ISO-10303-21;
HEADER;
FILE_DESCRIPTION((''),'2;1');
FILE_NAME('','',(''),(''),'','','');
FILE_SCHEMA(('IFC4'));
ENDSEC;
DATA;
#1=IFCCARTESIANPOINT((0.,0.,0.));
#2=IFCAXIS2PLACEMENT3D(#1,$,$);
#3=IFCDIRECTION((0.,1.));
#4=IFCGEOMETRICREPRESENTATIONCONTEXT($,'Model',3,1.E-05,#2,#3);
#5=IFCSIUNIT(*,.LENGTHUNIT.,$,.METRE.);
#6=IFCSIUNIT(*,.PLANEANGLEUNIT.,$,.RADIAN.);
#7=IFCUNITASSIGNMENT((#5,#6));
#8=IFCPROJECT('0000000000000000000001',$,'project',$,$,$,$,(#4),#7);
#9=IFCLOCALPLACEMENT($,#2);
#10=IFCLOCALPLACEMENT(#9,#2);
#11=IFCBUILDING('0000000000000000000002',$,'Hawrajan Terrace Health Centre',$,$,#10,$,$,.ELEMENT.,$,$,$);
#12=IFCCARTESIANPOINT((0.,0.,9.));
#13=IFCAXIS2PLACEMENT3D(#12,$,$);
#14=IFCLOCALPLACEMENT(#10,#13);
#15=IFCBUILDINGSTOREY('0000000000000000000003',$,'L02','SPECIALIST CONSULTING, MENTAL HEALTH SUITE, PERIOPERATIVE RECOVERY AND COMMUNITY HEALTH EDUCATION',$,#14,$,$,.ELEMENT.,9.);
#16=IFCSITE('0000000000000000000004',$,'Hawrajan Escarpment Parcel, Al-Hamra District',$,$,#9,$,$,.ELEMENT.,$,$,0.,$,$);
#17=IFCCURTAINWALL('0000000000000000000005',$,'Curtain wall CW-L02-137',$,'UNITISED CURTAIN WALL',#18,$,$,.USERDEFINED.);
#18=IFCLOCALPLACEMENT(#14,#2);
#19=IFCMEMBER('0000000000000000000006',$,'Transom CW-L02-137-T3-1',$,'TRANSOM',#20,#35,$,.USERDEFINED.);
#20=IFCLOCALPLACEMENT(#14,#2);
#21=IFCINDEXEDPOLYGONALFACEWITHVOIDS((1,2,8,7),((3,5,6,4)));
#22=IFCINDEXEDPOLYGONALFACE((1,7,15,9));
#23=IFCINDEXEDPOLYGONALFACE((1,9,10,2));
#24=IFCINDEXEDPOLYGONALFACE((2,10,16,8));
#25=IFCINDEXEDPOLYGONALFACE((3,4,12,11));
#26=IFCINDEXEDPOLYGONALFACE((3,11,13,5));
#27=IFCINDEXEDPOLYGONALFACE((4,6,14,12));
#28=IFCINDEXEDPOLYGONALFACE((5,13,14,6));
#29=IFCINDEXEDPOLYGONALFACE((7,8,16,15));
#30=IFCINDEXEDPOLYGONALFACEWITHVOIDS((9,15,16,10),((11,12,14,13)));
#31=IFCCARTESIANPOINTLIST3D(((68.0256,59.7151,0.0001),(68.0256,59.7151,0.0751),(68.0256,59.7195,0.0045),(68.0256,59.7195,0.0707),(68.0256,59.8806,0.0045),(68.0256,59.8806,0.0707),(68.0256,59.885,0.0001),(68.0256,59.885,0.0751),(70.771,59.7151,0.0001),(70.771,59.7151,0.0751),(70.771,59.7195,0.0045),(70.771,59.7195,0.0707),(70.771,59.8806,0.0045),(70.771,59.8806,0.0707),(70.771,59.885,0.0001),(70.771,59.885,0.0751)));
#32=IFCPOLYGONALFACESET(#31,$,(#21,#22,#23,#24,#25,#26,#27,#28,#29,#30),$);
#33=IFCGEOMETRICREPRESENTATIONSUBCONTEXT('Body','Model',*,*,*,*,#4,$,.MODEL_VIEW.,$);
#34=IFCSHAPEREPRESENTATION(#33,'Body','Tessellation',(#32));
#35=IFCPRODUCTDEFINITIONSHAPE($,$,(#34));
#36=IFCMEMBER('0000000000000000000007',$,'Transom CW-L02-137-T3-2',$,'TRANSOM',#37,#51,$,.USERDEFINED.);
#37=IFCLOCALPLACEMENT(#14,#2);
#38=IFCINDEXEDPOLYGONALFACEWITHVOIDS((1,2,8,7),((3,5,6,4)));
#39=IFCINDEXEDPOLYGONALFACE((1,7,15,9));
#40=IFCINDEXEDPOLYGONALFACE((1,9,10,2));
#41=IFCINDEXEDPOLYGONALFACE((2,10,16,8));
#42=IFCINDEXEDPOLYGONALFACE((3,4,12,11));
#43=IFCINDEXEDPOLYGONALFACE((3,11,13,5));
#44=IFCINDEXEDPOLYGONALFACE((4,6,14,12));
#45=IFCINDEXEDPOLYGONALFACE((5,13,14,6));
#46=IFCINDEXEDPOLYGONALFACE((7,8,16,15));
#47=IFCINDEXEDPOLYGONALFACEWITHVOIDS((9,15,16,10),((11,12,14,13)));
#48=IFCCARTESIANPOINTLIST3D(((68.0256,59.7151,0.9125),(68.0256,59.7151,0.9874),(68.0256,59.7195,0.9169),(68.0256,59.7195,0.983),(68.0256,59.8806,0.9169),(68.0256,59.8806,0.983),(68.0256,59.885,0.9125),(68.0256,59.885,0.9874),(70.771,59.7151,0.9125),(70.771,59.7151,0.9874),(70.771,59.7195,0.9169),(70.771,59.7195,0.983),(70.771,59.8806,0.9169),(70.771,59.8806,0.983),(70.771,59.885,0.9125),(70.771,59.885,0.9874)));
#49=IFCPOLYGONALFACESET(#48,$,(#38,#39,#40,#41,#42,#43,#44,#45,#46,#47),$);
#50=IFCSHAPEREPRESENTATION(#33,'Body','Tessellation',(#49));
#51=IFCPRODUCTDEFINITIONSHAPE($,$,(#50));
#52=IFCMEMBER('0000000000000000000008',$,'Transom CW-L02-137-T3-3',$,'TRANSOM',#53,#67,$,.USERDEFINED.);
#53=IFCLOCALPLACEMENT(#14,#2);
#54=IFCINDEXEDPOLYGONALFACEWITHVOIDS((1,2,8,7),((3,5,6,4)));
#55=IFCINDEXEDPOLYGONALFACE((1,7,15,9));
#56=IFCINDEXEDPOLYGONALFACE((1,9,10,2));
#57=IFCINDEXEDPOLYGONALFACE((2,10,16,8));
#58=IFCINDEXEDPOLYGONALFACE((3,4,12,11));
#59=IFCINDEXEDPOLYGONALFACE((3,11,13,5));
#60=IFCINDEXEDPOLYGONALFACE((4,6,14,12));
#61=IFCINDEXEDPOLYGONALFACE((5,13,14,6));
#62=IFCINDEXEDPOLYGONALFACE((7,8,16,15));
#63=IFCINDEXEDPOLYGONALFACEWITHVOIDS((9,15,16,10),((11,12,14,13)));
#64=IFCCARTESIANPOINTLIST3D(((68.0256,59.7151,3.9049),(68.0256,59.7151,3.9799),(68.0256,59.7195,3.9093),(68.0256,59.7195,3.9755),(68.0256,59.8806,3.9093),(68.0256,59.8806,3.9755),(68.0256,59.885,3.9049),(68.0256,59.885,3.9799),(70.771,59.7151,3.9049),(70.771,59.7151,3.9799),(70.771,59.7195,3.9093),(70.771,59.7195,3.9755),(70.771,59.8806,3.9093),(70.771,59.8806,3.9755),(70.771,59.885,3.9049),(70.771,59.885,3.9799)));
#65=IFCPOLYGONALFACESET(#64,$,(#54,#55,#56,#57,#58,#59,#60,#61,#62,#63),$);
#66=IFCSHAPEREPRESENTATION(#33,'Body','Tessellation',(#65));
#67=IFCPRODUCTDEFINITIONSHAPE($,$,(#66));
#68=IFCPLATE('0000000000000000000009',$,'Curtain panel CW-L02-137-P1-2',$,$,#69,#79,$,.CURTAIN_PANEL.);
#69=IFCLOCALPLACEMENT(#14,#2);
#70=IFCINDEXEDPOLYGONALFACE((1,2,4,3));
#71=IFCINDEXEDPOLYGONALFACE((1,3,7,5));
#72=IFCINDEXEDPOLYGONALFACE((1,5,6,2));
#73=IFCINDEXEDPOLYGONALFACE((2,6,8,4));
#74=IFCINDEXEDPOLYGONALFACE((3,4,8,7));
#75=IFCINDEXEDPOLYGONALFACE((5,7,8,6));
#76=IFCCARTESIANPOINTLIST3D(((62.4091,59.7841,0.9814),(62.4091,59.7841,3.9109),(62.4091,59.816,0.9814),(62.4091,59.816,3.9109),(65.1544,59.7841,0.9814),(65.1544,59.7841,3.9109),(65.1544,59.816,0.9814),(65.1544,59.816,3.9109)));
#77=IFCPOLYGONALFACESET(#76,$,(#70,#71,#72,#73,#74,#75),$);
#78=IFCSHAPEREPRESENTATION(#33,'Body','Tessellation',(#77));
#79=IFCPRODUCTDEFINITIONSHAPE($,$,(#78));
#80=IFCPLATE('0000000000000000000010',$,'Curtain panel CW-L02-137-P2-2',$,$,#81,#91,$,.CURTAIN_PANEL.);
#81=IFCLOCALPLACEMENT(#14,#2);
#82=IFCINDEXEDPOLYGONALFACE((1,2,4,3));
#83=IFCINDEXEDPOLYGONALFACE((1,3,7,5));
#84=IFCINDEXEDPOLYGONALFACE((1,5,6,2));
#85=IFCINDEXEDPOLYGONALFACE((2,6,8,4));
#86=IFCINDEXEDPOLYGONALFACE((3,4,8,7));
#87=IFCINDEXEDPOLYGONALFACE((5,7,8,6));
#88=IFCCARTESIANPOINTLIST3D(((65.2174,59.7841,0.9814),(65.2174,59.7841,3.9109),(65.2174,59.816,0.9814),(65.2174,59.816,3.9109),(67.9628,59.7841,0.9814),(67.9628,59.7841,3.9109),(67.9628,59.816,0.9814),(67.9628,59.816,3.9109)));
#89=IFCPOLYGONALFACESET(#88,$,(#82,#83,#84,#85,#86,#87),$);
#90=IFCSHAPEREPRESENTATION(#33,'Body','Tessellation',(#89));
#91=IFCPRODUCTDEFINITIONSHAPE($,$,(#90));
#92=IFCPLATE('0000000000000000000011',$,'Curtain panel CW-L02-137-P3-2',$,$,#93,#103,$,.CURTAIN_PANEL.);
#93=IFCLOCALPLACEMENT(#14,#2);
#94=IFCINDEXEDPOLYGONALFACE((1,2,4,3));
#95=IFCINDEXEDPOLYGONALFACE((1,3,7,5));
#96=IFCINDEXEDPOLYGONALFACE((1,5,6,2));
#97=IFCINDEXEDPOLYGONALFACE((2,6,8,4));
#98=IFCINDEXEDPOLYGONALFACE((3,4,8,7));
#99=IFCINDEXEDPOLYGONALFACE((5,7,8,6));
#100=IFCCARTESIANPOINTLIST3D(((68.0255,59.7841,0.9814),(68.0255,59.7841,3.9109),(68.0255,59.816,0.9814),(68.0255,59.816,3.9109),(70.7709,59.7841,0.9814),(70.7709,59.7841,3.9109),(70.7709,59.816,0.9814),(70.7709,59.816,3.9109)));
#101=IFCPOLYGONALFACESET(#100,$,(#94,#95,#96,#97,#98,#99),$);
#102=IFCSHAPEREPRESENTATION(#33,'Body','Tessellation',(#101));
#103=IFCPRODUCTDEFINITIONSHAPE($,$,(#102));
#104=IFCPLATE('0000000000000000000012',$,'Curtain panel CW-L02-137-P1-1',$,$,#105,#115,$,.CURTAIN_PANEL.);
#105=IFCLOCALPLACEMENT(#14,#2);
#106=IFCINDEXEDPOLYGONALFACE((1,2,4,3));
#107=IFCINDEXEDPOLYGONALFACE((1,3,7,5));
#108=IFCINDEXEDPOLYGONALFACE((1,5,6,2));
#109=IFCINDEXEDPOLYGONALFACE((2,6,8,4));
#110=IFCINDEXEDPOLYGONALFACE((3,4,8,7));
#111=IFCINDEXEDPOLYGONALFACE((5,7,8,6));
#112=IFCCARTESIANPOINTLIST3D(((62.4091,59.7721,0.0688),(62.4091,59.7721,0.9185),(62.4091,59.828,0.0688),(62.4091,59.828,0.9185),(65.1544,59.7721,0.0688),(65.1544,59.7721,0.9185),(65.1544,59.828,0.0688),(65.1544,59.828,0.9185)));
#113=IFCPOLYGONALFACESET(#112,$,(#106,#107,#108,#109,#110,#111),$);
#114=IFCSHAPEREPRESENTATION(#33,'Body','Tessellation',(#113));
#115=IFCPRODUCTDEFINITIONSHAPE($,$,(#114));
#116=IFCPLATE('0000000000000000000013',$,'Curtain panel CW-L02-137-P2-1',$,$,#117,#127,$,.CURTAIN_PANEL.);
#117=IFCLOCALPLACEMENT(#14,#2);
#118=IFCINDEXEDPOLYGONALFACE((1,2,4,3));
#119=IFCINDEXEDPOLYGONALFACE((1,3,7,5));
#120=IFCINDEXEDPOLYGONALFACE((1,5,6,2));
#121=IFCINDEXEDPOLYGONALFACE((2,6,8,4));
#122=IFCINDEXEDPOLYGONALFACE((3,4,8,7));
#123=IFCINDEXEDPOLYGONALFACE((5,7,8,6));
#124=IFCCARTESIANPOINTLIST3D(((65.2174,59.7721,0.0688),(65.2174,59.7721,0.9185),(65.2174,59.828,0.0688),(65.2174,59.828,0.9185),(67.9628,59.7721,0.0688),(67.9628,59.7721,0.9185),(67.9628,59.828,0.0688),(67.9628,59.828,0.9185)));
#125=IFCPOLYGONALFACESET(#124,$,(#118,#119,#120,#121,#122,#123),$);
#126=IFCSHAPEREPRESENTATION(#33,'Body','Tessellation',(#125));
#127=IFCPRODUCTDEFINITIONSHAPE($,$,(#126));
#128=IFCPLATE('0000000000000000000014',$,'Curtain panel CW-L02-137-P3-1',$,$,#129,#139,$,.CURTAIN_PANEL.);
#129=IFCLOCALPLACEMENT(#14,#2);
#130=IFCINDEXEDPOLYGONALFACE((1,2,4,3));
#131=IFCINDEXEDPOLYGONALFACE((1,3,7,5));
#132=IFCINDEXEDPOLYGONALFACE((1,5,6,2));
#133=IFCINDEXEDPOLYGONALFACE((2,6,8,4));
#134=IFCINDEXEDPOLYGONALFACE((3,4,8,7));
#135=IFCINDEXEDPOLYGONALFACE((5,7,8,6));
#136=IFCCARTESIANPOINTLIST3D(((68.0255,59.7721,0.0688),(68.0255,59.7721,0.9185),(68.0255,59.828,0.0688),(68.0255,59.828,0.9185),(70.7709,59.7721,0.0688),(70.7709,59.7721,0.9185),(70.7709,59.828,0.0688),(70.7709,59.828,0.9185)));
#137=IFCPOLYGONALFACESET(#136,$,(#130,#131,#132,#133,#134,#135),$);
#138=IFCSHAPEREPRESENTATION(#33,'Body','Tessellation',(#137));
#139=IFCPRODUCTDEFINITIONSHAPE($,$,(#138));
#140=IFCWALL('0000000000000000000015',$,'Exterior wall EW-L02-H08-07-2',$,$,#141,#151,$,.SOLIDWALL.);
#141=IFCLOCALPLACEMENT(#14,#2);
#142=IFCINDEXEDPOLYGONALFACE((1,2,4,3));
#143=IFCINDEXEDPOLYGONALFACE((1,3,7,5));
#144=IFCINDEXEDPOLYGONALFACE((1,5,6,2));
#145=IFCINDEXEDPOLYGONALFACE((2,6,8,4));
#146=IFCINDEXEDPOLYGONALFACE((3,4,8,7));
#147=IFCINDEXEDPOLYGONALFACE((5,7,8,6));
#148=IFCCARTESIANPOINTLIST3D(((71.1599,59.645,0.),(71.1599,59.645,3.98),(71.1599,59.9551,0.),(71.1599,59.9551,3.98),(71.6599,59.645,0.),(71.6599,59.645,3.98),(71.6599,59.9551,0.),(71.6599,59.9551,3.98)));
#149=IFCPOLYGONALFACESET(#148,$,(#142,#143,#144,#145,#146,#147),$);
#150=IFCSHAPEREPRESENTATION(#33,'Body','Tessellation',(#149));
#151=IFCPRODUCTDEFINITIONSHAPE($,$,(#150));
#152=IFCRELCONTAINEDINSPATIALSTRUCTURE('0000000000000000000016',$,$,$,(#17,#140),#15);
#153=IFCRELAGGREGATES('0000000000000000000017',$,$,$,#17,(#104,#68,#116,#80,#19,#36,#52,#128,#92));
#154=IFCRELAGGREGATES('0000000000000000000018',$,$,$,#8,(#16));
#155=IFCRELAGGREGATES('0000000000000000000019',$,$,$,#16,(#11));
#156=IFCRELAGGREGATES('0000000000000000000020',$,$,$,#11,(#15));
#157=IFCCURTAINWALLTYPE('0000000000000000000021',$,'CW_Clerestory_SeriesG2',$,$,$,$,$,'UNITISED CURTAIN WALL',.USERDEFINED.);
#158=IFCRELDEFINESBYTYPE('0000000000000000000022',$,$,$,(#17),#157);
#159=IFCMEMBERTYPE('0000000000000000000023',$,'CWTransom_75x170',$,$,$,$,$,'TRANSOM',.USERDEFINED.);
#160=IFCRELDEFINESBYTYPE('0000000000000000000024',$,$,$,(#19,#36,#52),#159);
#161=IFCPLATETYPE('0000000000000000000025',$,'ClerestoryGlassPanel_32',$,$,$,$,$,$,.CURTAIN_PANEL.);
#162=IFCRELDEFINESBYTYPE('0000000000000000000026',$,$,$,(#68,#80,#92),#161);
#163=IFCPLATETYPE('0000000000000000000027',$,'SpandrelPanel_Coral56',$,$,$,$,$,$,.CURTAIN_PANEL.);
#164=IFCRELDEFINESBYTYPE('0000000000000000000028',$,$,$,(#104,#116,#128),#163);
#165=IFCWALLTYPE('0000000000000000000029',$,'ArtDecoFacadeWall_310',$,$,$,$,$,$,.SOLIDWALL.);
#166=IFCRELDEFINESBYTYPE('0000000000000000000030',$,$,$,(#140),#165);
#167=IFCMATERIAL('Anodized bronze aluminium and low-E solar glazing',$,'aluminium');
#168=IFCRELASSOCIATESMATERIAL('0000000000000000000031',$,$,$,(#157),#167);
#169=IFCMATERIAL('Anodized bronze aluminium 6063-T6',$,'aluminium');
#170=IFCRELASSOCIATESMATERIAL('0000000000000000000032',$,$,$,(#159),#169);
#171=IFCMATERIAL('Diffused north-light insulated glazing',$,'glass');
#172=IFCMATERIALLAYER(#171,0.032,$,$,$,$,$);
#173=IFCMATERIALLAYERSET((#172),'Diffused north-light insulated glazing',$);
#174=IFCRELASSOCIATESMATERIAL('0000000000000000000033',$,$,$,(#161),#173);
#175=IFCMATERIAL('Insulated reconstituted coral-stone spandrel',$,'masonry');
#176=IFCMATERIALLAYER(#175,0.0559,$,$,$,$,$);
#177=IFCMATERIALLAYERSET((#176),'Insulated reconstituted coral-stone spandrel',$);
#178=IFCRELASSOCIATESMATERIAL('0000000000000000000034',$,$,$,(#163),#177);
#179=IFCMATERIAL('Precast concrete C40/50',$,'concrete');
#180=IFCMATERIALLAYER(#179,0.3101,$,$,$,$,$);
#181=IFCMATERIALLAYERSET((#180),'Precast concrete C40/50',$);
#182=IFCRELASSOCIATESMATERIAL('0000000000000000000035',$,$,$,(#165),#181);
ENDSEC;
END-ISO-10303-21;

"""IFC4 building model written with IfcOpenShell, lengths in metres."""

from ifc_helpers import new_model, si_unit, direction, frame, frame_2d, origin, origin_2d, place, context, subcontext, project, spatial, rectangle, hollow_rectangle, extrude, material, layer, layer_set, material_profile, profile_set, type_object, element, aggregate, save


model = new_model("IFC4")

# Units and contexts
model_context = context("Model", 3, precision=1e-05, world=origin(), true_north=direction((0.0, 1.0)))
body_context = subcontext(model_context, "Body", "Model", "MODEL_VIEW")
ifc_project = project(units=[si_unit("LENGTHUNIT", "METRE"), si_unit("PLANEANGLEUNIT", "RADIAN")], contexts=[model_context])

# Site, building, storey
site_placement = place(None, origin())
site = spatial("IfcSite", under=ifc_project, at=site_placement, Name="Hawrajan Escarpment Parcel, Al-Hamra District", CompositionType="ELEMENT", RefElevation=0.0)
building_placement = place(site_placement, origin())
building = spatial("IfcBuilding", under=site, at=building_placement, Name="Hawrajan Terrace Health Centre", CompositionType="ELEMENT")
storey_placement = place(building_placement, frame((0.0, 0.0, 9.0)))
storey = spatial("IfcBuildingStorey", under=building, at=storey_placement, Name="L02", Description="SPECIALIST CONSULTING, MENTAL HEALTH SUITE, PERIOPERATIVE RECOVERY AND COMMUNITY HEALTH EDUCATION", CompositionType="ELEMENT", Elevation=9.0)

# Curtain wall, members, plates
ifc_material_1 = material(Name="Anodized bronze aluminium and low-E solar glazing", Category="aluminium")
curtain_wall_type = type_object("IfcCurtainWallType", Name="CW_Clerestory_SeriesG2", ElementType="UNITISED CURTAIN WALL", PredefinedType="USERDEFINED", material=ifc_material_1)
curtain_wall_placement = place(storey_placement, origin())
curtain_wall = element("IfcCurtainWall", 1, at=curtain_wall_placement, inside=storey, type_object=curtain_wall_type, Name="Curtain wall CW-L02-137", ObjectType="UNITISED CURTAIN WALL", PredefinedType="USERDEFINED")
ifc_material_2 = material(Name="Anodized bronze aluminium 6063-T6", Category="aluminium")
ifc_material_profile_1 = material_profile(ifc_material_2, hollow_rectangle(XDim=0.075, YDim=0.1699, WallThickness=0.0044, at=origin_2d()), Name="CW TRN 75x170")
ifc_profile_set_1 = profile_set([ifc_material_profile_1], Name="Anodized bronze aluminium 6063-T6")
member_type_1 = type_object("IfcMemberType", Name="CWTransom_75x170", ElementType="TRANSOM", PredefinedType="USERDEFINED", material=ifc_profile_set_1)
member_1_placement = place(storey_placement, frame((68.0256, 59.8, 0.0376), z_axis=(1.0, 0.0, 0.0), x_axis=(0.0, 0.0, 1.0)))
member_1 = element("IfcMember", 2, at=member_1_placement, type_object=member_type_1, Name="Transom CW-L02-137-T3-1", ObjectType="TRANSOM", PredefinedType="USERDEFINED", context=body_context, shape_type="SweptSolid", body=[
    extrude(hollow_rectangle(XDim=0.075, YDim=0.1699, WallThickness=0.0044, at=origin_2d()), origin(), (0.0, 0.0, 1.0), 2.7454),
])
member_2_placement = place(storey_placement, frame((68.0256, 59.8, 0.95), z_axis=(1.0, 0.0, 0.0), x_axis=(0.0, 0.0, 1.0)))
member_2 = element("IfcMember", 3, at=member_2_placement, type_object=member_type_1, Name="Transom CW-L02-137-T3-2", ObjectType="TRANSOM", PredefinedType="USERDEFINED", context=body_context, shape_type="SweptSolid", body=[
    extrude(hollow_rectangle(XDim=0.075, YDim=0.1699, WallThickness=0.0044, at=origin_2d()), origin(), (0.0, 0.0, 1.0), 2.7454),
])
member_3_placement = place(storey_placement, frame((68.0256, 59.8, 3.9424), z_axis=(1.0, 0.0, 0.0), x_axis=(0.0, 0.0, 1.0)))
member_3 = element("IfcMember", 4, at=member_3_placement, type_object=member_type_1, Name="Transom CW-L02-137-T3-3", ObjectType="TRANSOM", PredefinedType="USERDEFINED", context=body_context, shape_type="SweptSolid", body=[
    extrude(hollow_rectangle(XDim=0.075, YDim=0.1699, WallThickness=0.0044, at=origin_2d()), origin(), (0.0, 0.0, 1.0), 2.7454),
])
ifc_material_3 = material(Name="Diffused north-light insulated glazing", Category="glass")
ifc_layer_1 = layer(ifc_material_3, 0.032)
ifc_layer_set_1 = layer_set([ifc_layer_1], Name="Diffused north-light insulated glazing")
plate_type_1 = type_object("IfcPlateType", Name="ClerestoryGlassPanel_32", PredefinedType="CURTAIN_PANEL", material=ifc_layer_set_1)
plate_1_placement = place(storey_placement, frame((63.7817, 59.8, 0.9814), z_axis=(0.0, 0.0, 1.0), x_axis=(1.0, 0.0, 0.0)))
plate_1 = element("IfcPlate", 5, at=plate_1_placement, type_object=plate_type_1, Name="Curtain panel CW-L02-137-P1-2", PredefinedType="CURTAIN_PANEL", context=body_context, shape_type="SweptSolid", body=[
    extrude(rectangle(XDim=2.7454, YDim=0.032, at=origin_2d()), origin(), (0.0, 0.0, 1.0), 2.9294),
])
plate_2_placement = place(storey_placement, frame((66.5901, 59.8, 0.9814), z_axis=(0.0, 0.0, 1.0), x_axis=(1.0, 0.0, 0.0)))
plate_2 = element("IfcPlate", 6, at=plate_2_placement, type_object=plate_type_1, Name="Curtain panel CW-L02-137-P2-2", PredefinedType="CURTAIN_PANEL", context=body_context, shape_type="SweptSolid", body=[
    extrude(rectangle(XDim=2.7454, YDim=0.032, at=origin_2d()), origin(), (0.0, 0.0, 1.0), 2.9294),
])
plate_3_placement = place(storey_placement, frame((69.3982, 59.8, 0.9814), z_axis=(0.0, 0.0, 1.0), x_axis=(1.0, 0.0, 0.0)))
plate_3 = element("IfcPlate", 7, at=plate_3_placement, type_object=plate_type_1, Name="Curtain panel CW-L02-137-P3-2", PredefinedType="CURTAIN_PANEL", context=body_context, shape_type="SweptSolid", body=[
    extrude(rectangle(XDim=2.7454, YDim=0.032, at=origin_2d()), origin(), (0.0, 0.0, 1.0), 2.9294),
])
ifc_material_4 = material(Name="Insulated reconstituted coral-stone spandrel", Category="masonry")
ifc_layer_2 = layer(ifc_material_4, 0.0559)
ifc_layer_set_2 = layer_set([ifc_layer_2], Name="Insulated reconstituted coral-stone spandrel")
plate_type_2 = type_object("IfcPlateType", Name="SpandrelPanel_Coral56", PredefinedType="CURTAIN_PANEL", material=ifc_layer_set_2)
plate_4_placement = place(storey_placement, frame((63.7817, 59.8, 0.0688), z_axis=(0.0, 0.0, 1.0), x_axis=(1.0, 0.0, 0.0)))
plate_4 = element("IfcPlate", 8, at=plate_4_placement, type_object=plate_type_2, Name="Curtain panel CW-L02-137-P1-1", PredefinedType="CURTAIN_PANEL", context=body_context, shape_type="SweptSolid", body=[
    extrude(rectangle(XDim=2.7454, YDim=0.0559, at=origin_2d()), origin(), (0.0, 0.0, 1.0), 0.8496),
])
plate_5_placement = place(storey_placement, frame((66.5901, 59.8, 0.0688), z_axis=(0.0, 0.0, 1.0), x_axis=(1.0, 0.0, 0.0)))
plate_5 = element("IfcPlate", 9, at=plate_5_placement, type_object=plate_type_2, Name="Curtain panel CW-L02-137-P2-1", PredefinedType="CURTAIN_PANEL", context=body_context, shape_type="SweptSolid", body=[
    extrude(rectangle(XDim=2.7454, YDim=0.0559, at=origin_2d()), origin(), (0.0, 0.0, 1.0), 0.8496),
])
plate_6_placement = place(storey_placement, frame((69.3982, 59.8, 0.0688), z_axis=(0.0, 0.0, 1.0), x_axis=(1.0, 0.0, 0.0)))
plate_6 = element("IfcPlate", 10, at=plate_6_placement, type_object=plate_type_2, Name="Curtain panel CW-L02-137-P3-1", PredefinedType="CURTAIN_PANEL", context=body_context, shape_type="SweptSolid", body=[
    extrude(rectangle(XDim=2.7454, YDim=0.0559, at=origin_2d()), origin(), (0.0, 0.0, 1.0), 0.8496),
])
aggregate(curtain_wall, [plate_4, plate_1, plate_5, plate_2, member_1, member_2, member_3, plate_6, plate_3])

# Wall
ifc_material_5 = material(Name="Precast concrete C40/50", Category="concrete")
ifc_layer_3 = layer(ifc_material_5, 0.3101)
ifc_layer_set_3 = layer_set([ifc_layer_3], Name="Precast concrete C40/50")
wall_type = type_object("IfcWallType", Name="ArtDecoFacadeWall_310", PredefinedType="SOLIDWALL", material=ifc_layer_set_3)
wall_placement = place(storey_placement, frame((71.1599, 59.8, 0.0), z_axis=(0.0, 0.0, 1.0), x_axis=(1.0, 0.0, 0.0)))
element("IfcWall", 11, at=wall_placement, inside=storey, type_object=wall_type, Name="Exterior wall EW-L02-H08-07-2", PredefinedType="SOLIDWALL", context=body_context, shape_type="SweptSolid", body=[
    extrude(rectangle(XDim=0.5, YDim=0.3101, at=frame_2d((0.25, 0.0))), origin(), (0.0, 0.0, 1.0), 3.98),
])

save(model, "model.ifc")
